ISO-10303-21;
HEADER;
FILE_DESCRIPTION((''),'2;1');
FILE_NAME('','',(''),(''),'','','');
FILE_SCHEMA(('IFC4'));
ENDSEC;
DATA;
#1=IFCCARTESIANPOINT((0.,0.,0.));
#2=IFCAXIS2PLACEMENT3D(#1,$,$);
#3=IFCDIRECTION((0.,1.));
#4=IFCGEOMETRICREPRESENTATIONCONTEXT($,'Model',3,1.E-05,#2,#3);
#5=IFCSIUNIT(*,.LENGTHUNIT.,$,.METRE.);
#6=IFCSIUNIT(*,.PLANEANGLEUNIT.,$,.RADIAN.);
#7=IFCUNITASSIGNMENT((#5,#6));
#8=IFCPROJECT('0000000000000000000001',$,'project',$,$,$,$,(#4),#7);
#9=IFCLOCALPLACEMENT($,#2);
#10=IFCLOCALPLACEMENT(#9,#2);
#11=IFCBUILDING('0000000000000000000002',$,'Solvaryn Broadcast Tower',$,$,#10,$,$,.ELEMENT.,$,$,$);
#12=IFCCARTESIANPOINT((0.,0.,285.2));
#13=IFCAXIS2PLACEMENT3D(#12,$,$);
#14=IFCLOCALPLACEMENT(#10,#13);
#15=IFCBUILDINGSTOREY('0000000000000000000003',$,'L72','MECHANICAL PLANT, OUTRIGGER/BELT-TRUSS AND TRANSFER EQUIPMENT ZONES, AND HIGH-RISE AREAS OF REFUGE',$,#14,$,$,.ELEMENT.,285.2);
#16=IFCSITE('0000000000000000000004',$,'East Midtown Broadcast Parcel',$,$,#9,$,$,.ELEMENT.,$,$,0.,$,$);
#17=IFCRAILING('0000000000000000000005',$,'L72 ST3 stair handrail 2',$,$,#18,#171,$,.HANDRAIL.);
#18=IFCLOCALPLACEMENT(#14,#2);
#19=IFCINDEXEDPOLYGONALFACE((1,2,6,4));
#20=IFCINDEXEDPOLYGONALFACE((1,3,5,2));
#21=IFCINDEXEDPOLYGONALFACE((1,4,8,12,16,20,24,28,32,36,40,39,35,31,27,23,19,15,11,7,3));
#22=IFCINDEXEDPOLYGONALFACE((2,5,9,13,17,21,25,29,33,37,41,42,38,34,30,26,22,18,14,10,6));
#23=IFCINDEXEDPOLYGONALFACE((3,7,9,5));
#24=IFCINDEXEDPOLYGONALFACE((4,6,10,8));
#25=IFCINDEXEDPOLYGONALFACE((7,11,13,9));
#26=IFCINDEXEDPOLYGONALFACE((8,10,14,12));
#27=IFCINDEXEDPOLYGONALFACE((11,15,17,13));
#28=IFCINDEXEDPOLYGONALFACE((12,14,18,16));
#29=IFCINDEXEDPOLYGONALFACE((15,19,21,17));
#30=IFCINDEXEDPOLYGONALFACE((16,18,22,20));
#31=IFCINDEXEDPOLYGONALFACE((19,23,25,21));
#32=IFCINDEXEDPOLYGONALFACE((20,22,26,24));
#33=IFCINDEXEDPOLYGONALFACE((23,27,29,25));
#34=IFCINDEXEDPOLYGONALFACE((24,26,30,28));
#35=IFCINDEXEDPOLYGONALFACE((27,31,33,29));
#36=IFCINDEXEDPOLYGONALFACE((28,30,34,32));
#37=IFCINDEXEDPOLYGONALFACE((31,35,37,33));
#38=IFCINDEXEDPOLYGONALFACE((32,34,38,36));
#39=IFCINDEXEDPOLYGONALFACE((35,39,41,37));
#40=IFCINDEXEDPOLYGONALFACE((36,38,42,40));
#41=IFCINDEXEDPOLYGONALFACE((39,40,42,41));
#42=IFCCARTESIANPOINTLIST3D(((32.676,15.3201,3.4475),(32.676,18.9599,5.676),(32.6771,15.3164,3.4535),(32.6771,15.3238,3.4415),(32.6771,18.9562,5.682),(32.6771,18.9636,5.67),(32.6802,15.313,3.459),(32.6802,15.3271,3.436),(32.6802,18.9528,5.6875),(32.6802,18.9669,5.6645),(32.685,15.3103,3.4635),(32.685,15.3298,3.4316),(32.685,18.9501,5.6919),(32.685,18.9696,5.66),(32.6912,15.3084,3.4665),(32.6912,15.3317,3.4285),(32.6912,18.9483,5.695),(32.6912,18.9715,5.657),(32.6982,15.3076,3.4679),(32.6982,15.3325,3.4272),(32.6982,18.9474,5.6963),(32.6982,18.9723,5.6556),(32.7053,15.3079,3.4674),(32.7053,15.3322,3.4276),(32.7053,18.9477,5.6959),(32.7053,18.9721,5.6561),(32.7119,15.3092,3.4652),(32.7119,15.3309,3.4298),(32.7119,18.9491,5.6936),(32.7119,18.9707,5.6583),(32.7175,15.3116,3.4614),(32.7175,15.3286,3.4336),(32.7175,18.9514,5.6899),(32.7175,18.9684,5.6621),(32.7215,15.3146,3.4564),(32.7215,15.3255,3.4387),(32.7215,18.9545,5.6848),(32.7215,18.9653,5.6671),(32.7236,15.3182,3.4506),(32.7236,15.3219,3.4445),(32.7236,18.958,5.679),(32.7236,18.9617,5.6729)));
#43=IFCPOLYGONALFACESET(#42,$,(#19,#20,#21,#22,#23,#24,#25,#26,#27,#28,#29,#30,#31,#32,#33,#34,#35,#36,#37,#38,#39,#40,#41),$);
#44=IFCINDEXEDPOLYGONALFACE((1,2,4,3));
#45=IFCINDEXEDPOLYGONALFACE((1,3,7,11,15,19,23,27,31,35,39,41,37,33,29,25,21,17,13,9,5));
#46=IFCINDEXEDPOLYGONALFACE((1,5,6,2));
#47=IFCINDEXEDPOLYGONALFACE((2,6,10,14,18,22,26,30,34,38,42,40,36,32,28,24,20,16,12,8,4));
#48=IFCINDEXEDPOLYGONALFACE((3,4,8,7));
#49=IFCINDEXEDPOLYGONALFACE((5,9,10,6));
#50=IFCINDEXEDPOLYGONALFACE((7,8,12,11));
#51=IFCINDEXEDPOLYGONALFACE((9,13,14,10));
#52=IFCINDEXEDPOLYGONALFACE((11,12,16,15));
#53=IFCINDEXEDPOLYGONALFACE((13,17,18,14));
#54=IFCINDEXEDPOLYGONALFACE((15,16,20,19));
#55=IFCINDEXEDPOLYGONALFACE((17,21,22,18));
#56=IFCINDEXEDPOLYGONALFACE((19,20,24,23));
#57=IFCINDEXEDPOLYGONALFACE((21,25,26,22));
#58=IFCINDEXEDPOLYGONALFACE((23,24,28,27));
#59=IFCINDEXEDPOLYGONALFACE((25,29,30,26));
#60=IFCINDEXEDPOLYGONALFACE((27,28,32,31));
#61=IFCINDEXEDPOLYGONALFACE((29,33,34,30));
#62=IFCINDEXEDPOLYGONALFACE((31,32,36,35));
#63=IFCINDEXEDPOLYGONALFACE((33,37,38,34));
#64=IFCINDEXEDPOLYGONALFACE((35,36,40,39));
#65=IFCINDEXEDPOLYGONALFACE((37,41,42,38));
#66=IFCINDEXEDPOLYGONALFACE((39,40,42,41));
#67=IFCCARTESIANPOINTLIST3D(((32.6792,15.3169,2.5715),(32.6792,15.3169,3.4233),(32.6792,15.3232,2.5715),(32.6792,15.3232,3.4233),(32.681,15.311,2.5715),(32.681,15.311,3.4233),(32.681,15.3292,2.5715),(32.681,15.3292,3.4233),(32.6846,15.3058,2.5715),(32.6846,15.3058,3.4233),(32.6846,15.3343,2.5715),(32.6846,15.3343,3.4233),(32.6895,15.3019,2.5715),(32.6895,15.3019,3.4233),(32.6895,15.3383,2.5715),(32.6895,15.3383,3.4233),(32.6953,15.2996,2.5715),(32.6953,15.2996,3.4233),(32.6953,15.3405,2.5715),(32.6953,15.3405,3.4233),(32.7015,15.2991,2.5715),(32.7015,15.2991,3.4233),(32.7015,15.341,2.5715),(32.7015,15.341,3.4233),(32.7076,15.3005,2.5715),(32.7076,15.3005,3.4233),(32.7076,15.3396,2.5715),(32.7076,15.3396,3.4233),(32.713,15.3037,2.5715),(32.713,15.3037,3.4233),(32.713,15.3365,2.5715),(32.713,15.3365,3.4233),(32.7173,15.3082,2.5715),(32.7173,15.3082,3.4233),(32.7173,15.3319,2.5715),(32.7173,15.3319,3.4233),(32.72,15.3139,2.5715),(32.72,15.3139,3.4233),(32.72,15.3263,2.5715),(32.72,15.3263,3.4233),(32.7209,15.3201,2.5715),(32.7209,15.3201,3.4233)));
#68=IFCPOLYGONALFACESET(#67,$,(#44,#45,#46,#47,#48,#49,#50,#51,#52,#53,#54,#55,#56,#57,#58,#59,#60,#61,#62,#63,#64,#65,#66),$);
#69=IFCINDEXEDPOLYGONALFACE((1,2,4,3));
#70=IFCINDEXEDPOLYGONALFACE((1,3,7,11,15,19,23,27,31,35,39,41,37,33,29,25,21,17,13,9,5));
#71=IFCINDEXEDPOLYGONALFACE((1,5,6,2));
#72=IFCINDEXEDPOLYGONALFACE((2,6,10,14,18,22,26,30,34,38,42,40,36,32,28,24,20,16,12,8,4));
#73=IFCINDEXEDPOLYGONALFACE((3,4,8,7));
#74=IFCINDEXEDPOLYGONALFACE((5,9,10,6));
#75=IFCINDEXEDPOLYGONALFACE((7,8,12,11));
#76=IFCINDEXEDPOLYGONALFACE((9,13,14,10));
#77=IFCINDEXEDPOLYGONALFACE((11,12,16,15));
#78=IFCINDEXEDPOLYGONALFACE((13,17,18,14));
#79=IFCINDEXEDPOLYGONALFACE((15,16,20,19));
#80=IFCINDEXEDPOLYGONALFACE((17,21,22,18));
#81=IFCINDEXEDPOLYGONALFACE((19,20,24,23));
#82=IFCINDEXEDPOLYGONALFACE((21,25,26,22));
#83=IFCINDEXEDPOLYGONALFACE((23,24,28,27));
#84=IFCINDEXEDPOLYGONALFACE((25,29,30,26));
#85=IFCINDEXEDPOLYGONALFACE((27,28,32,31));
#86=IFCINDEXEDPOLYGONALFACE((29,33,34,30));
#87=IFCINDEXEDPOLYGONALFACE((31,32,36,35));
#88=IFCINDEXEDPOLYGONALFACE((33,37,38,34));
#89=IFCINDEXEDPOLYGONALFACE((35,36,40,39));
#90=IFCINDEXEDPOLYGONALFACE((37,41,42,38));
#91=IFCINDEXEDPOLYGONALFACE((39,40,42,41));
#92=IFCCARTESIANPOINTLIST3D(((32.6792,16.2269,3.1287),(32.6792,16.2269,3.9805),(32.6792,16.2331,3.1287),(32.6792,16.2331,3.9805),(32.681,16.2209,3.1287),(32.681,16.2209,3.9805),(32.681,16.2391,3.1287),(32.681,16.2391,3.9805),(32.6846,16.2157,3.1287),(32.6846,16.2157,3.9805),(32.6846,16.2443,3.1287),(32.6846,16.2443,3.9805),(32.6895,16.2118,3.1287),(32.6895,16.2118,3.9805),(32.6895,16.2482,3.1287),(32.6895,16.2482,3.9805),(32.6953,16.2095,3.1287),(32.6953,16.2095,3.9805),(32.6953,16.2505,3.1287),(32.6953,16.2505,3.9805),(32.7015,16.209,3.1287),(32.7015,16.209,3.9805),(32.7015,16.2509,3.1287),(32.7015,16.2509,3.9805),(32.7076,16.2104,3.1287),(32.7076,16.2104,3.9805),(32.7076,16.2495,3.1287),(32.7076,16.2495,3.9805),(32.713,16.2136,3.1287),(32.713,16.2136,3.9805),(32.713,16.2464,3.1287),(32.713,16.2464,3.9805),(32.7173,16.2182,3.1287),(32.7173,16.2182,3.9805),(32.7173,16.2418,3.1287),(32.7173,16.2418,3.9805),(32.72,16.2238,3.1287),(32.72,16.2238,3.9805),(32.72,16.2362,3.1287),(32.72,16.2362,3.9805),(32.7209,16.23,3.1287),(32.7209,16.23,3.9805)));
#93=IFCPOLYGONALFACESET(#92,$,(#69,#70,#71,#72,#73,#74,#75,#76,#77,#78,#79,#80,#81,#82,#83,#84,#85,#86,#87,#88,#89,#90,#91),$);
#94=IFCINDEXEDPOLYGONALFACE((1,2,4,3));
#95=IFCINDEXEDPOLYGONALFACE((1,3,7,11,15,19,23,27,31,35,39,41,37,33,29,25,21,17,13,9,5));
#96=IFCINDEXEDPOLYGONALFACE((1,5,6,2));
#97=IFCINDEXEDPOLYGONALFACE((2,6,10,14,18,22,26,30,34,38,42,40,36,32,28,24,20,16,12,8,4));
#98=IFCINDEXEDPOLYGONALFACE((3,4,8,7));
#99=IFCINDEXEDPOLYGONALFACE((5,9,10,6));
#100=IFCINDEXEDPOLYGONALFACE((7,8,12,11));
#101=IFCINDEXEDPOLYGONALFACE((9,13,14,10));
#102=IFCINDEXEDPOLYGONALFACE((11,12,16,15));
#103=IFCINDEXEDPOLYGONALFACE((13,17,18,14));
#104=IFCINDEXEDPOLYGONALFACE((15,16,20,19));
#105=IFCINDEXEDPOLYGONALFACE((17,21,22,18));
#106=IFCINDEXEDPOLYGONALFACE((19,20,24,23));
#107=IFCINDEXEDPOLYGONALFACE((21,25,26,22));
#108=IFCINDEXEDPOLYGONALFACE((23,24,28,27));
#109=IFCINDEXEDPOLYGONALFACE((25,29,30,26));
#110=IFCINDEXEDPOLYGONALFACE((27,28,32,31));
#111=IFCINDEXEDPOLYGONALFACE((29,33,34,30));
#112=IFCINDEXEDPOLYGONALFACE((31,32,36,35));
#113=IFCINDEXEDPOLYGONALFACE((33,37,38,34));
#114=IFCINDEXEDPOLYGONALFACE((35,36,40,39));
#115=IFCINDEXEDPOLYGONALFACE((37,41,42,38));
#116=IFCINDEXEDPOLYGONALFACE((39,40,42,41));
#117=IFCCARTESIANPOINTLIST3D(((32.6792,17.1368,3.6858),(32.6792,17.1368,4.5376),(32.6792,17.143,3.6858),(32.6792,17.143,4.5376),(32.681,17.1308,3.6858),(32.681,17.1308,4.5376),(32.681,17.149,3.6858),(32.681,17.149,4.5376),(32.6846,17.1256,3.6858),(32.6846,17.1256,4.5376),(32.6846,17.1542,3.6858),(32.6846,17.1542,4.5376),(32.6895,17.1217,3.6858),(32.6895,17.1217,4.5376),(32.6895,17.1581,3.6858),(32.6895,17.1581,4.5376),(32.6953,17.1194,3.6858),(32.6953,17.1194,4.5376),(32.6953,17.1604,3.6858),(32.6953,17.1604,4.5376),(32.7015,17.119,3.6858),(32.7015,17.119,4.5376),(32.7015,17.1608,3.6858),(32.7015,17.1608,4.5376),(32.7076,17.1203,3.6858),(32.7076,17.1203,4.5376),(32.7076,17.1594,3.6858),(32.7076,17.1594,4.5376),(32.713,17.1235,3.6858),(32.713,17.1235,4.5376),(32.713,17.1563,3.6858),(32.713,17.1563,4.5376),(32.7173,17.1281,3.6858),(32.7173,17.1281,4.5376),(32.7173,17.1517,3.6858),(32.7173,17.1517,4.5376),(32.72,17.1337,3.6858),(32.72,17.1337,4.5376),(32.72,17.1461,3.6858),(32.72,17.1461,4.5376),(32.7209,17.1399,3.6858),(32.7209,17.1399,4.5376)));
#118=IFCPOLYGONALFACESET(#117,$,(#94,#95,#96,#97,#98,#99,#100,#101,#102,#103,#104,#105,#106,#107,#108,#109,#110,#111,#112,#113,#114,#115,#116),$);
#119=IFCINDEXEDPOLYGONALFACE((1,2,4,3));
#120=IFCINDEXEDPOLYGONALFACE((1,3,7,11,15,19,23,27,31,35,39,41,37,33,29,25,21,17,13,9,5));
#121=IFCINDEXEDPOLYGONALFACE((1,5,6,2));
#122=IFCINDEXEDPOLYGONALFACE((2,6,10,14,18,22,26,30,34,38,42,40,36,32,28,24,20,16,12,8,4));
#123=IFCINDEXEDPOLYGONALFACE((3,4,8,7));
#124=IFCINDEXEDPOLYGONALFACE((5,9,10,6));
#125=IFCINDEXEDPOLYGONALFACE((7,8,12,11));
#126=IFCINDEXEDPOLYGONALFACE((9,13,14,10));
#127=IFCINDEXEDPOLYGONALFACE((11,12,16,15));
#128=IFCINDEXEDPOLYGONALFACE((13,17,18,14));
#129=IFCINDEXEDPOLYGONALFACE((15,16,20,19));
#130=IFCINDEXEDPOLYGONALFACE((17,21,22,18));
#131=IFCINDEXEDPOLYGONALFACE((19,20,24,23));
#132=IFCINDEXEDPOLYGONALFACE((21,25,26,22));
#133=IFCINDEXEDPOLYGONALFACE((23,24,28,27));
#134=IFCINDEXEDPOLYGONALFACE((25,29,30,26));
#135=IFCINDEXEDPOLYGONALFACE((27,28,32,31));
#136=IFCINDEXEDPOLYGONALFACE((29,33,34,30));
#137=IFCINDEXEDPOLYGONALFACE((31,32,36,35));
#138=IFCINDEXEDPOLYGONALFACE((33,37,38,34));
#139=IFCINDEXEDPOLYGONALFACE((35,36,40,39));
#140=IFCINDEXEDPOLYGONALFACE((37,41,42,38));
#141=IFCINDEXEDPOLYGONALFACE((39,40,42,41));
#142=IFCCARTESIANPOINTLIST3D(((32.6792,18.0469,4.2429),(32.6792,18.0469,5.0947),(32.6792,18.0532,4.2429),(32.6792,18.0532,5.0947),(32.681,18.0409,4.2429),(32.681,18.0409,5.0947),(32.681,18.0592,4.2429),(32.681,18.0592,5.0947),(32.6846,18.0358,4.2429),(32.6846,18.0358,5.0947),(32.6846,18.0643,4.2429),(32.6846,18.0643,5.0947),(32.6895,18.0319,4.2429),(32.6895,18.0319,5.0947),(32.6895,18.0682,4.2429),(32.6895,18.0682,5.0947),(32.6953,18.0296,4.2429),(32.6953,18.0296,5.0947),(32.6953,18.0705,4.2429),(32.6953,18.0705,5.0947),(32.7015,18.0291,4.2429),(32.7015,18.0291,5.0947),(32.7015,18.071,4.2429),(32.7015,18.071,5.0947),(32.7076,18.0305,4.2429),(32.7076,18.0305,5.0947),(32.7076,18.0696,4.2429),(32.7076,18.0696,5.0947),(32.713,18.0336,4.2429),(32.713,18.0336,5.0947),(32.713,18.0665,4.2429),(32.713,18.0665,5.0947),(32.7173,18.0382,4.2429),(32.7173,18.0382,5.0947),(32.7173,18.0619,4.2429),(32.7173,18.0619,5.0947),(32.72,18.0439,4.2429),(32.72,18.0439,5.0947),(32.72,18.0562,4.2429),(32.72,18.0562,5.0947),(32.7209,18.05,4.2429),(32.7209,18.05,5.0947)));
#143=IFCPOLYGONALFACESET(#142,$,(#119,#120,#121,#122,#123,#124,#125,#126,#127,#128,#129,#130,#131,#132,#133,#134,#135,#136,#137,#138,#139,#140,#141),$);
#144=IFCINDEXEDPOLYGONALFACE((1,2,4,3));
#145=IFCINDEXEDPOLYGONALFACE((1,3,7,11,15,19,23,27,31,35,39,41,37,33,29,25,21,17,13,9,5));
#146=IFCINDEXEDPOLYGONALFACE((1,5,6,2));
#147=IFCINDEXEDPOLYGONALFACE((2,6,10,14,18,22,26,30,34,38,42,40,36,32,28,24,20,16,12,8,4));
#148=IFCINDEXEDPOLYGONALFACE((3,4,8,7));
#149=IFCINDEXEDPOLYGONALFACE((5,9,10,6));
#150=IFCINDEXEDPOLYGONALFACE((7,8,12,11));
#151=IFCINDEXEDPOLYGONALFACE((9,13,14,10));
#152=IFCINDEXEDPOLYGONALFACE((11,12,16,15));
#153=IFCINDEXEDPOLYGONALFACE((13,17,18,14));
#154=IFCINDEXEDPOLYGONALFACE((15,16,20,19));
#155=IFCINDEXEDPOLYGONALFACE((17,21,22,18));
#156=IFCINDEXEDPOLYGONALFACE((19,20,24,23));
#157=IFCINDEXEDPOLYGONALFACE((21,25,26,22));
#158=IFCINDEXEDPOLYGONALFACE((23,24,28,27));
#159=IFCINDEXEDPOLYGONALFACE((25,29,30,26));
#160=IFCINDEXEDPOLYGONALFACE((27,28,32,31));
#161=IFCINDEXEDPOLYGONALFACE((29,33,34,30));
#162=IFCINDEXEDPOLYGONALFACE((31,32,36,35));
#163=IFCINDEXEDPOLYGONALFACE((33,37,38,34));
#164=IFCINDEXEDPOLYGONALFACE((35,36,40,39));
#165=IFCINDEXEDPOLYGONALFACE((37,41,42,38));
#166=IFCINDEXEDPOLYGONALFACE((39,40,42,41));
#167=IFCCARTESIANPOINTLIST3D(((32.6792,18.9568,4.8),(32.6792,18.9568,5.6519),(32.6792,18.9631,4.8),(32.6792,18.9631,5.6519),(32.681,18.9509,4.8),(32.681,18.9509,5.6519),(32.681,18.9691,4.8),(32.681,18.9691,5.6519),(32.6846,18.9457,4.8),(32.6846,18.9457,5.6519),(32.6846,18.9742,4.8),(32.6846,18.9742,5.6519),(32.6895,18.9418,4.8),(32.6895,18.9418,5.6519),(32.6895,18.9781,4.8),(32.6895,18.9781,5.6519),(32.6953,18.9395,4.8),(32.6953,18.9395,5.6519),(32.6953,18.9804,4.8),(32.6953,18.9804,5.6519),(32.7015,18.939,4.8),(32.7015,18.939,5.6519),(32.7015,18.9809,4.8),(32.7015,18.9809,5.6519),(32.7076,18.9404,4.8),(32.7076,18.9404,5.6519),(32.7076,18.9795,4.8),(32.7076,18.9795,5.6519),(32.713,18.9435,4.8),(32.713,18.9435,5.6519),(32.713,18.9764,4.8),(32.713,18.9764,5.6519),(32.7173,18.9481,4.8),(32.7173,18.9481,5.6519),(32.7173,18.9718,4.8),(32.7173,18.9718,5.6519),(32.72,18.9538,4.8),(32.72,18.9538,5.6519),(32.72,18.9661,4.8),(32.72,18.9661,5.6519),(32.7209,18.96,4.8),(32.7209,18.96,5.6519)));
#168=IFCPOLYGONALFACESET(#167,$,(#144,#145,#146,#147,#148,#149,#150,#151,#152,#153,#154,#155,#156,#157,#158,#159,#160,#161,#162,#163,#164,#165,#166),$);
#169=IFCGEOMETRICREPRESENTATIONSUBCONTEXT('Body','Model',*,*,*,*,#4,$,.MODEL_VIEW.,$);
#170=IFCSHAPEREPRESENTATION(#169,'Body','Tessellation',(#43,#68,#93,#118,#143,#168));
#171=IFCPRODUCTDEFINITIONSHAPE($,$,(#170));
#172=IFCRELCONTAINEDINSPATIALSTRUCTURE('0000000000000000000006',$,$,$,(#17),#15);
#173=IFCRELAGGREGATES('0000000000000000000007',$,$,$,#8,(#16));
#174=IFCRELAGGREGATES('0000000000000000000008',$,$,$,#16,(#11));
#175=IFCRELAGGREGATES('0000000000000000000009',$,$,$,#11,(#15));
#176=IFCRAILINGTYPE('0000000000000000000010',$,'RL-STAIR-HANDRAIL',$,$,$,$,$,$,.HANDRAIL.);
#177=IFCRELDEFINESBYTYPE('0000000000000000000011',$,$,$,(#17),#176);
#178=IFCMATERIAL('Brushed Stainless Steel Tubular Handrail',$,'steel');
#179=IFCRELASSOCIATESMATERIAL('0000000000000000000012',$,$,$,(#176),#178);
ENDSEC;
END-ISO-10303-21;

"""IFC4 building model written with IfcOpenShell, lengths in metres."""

from ifc_helpers import new_model, si_unit, direction, frame, origin, origin_2d, place, context, subcontext, project, spatial, circle, extrude, material, type_object, element, save


model = new_model("IFC4")

# Units and contexts
model_context = context("Model", 3, precision=1e-05, world=origin(), true_north=direction((0.0, 1.0)))
body_context = subcontext(model_context, "Body", "Model", "MODEL_VIEW")
ifc_project = project(units=[si_unit("LENGTHUNIT", "METRE"), si_unit("PLANEANGLEUNIT", "RADIAN")], contexts=[model_context])

# Site, building, storey
site_placement = place(None, origin())
site = spatial("IfcSite", under=ifc_project, at=site_placement, Name="East Midtown Broadcast Parcel", CompositionType="ELEMENT", RefElevation=0.0)
building_placement = place(site_placement, origin())
building = spatial("IfcBuilding", under=site, at=building_placement, Name="Solvaryn Broadcast Tower", CompositionType="ELEMENT")
storey_placement = place(building_placement, frame((0.0, 0.0, 285.2)))
storey = spatial("IfcBuildingStorey", under=building, at=storey_placement, Name="L72", Description="MECHANICAL PLANT, OUTRIGGER/BELT-TRUSS AND TRANSFER EQUIPMENT ZONES, AND HIGH-RISE AREAS OF REFUGE", CompositionType="ELEMENT", Elevation=285.2)

# Railing
ifc_material_1 = material(Name="Brushed Stainless Steel Tubular Handrail", Category="steel")
railing_type_1 = type_object("IfcRailingType", Name="RL-STAIR-HANDRAIL", PredefinedType="HANDRAIL", material=ifc_material_1)
railing_1_placement = place(storey_placement, frame((32.7, 15.3201, 2.5715)))
element("IfcRailing", 1, at=railing_1_placement, inside=storey, type_object=railing_type_1, Name="L72 ST3 stair handrail 2", PredefinedType="HANDRAIL", context=body_context, shape_type="SweptSolid", body=[
    extrude(circle(Radius=0.0239, at=origin_2d()), frame((0.0, 0.0, 0.876), z_axis=(0.0, 0.85285, 0.522156), x_axis=(-1.0, 0.0, 0.0)), (0.0, 0.0, 1.0), 4.2678),
    extrude(circle(Radius=0.021, at=origin_2d()), origin(), (0.0, 0.0, 1.0), 0.8518),
    extrude(circle(Radius=0.021, at=origin_2d()), frame((0.0, 0.9099, 0.5571)), (0.0, 0.0, 1.0), 0.8518),
    extrude(circle(Radius=0.021, at=origin_2d()), frame((0.0, 1.8198, 1.1143)), (0.0, 0.0, 1.0), 0.8518),
    extrude(circle(Radius=0.021, at=origin_2d()), frame((0.0, 2.73, 1.6714)), (0.0, 0.0, 1.0), 0.8518),
    extrude(circle(Radius=0.021, at=origin_2d()), frame((0.0, 3.6399, 2.2285)), (0.0, 0.0, 1.0), 0.8518),
])

save(model, "model.ifc")
